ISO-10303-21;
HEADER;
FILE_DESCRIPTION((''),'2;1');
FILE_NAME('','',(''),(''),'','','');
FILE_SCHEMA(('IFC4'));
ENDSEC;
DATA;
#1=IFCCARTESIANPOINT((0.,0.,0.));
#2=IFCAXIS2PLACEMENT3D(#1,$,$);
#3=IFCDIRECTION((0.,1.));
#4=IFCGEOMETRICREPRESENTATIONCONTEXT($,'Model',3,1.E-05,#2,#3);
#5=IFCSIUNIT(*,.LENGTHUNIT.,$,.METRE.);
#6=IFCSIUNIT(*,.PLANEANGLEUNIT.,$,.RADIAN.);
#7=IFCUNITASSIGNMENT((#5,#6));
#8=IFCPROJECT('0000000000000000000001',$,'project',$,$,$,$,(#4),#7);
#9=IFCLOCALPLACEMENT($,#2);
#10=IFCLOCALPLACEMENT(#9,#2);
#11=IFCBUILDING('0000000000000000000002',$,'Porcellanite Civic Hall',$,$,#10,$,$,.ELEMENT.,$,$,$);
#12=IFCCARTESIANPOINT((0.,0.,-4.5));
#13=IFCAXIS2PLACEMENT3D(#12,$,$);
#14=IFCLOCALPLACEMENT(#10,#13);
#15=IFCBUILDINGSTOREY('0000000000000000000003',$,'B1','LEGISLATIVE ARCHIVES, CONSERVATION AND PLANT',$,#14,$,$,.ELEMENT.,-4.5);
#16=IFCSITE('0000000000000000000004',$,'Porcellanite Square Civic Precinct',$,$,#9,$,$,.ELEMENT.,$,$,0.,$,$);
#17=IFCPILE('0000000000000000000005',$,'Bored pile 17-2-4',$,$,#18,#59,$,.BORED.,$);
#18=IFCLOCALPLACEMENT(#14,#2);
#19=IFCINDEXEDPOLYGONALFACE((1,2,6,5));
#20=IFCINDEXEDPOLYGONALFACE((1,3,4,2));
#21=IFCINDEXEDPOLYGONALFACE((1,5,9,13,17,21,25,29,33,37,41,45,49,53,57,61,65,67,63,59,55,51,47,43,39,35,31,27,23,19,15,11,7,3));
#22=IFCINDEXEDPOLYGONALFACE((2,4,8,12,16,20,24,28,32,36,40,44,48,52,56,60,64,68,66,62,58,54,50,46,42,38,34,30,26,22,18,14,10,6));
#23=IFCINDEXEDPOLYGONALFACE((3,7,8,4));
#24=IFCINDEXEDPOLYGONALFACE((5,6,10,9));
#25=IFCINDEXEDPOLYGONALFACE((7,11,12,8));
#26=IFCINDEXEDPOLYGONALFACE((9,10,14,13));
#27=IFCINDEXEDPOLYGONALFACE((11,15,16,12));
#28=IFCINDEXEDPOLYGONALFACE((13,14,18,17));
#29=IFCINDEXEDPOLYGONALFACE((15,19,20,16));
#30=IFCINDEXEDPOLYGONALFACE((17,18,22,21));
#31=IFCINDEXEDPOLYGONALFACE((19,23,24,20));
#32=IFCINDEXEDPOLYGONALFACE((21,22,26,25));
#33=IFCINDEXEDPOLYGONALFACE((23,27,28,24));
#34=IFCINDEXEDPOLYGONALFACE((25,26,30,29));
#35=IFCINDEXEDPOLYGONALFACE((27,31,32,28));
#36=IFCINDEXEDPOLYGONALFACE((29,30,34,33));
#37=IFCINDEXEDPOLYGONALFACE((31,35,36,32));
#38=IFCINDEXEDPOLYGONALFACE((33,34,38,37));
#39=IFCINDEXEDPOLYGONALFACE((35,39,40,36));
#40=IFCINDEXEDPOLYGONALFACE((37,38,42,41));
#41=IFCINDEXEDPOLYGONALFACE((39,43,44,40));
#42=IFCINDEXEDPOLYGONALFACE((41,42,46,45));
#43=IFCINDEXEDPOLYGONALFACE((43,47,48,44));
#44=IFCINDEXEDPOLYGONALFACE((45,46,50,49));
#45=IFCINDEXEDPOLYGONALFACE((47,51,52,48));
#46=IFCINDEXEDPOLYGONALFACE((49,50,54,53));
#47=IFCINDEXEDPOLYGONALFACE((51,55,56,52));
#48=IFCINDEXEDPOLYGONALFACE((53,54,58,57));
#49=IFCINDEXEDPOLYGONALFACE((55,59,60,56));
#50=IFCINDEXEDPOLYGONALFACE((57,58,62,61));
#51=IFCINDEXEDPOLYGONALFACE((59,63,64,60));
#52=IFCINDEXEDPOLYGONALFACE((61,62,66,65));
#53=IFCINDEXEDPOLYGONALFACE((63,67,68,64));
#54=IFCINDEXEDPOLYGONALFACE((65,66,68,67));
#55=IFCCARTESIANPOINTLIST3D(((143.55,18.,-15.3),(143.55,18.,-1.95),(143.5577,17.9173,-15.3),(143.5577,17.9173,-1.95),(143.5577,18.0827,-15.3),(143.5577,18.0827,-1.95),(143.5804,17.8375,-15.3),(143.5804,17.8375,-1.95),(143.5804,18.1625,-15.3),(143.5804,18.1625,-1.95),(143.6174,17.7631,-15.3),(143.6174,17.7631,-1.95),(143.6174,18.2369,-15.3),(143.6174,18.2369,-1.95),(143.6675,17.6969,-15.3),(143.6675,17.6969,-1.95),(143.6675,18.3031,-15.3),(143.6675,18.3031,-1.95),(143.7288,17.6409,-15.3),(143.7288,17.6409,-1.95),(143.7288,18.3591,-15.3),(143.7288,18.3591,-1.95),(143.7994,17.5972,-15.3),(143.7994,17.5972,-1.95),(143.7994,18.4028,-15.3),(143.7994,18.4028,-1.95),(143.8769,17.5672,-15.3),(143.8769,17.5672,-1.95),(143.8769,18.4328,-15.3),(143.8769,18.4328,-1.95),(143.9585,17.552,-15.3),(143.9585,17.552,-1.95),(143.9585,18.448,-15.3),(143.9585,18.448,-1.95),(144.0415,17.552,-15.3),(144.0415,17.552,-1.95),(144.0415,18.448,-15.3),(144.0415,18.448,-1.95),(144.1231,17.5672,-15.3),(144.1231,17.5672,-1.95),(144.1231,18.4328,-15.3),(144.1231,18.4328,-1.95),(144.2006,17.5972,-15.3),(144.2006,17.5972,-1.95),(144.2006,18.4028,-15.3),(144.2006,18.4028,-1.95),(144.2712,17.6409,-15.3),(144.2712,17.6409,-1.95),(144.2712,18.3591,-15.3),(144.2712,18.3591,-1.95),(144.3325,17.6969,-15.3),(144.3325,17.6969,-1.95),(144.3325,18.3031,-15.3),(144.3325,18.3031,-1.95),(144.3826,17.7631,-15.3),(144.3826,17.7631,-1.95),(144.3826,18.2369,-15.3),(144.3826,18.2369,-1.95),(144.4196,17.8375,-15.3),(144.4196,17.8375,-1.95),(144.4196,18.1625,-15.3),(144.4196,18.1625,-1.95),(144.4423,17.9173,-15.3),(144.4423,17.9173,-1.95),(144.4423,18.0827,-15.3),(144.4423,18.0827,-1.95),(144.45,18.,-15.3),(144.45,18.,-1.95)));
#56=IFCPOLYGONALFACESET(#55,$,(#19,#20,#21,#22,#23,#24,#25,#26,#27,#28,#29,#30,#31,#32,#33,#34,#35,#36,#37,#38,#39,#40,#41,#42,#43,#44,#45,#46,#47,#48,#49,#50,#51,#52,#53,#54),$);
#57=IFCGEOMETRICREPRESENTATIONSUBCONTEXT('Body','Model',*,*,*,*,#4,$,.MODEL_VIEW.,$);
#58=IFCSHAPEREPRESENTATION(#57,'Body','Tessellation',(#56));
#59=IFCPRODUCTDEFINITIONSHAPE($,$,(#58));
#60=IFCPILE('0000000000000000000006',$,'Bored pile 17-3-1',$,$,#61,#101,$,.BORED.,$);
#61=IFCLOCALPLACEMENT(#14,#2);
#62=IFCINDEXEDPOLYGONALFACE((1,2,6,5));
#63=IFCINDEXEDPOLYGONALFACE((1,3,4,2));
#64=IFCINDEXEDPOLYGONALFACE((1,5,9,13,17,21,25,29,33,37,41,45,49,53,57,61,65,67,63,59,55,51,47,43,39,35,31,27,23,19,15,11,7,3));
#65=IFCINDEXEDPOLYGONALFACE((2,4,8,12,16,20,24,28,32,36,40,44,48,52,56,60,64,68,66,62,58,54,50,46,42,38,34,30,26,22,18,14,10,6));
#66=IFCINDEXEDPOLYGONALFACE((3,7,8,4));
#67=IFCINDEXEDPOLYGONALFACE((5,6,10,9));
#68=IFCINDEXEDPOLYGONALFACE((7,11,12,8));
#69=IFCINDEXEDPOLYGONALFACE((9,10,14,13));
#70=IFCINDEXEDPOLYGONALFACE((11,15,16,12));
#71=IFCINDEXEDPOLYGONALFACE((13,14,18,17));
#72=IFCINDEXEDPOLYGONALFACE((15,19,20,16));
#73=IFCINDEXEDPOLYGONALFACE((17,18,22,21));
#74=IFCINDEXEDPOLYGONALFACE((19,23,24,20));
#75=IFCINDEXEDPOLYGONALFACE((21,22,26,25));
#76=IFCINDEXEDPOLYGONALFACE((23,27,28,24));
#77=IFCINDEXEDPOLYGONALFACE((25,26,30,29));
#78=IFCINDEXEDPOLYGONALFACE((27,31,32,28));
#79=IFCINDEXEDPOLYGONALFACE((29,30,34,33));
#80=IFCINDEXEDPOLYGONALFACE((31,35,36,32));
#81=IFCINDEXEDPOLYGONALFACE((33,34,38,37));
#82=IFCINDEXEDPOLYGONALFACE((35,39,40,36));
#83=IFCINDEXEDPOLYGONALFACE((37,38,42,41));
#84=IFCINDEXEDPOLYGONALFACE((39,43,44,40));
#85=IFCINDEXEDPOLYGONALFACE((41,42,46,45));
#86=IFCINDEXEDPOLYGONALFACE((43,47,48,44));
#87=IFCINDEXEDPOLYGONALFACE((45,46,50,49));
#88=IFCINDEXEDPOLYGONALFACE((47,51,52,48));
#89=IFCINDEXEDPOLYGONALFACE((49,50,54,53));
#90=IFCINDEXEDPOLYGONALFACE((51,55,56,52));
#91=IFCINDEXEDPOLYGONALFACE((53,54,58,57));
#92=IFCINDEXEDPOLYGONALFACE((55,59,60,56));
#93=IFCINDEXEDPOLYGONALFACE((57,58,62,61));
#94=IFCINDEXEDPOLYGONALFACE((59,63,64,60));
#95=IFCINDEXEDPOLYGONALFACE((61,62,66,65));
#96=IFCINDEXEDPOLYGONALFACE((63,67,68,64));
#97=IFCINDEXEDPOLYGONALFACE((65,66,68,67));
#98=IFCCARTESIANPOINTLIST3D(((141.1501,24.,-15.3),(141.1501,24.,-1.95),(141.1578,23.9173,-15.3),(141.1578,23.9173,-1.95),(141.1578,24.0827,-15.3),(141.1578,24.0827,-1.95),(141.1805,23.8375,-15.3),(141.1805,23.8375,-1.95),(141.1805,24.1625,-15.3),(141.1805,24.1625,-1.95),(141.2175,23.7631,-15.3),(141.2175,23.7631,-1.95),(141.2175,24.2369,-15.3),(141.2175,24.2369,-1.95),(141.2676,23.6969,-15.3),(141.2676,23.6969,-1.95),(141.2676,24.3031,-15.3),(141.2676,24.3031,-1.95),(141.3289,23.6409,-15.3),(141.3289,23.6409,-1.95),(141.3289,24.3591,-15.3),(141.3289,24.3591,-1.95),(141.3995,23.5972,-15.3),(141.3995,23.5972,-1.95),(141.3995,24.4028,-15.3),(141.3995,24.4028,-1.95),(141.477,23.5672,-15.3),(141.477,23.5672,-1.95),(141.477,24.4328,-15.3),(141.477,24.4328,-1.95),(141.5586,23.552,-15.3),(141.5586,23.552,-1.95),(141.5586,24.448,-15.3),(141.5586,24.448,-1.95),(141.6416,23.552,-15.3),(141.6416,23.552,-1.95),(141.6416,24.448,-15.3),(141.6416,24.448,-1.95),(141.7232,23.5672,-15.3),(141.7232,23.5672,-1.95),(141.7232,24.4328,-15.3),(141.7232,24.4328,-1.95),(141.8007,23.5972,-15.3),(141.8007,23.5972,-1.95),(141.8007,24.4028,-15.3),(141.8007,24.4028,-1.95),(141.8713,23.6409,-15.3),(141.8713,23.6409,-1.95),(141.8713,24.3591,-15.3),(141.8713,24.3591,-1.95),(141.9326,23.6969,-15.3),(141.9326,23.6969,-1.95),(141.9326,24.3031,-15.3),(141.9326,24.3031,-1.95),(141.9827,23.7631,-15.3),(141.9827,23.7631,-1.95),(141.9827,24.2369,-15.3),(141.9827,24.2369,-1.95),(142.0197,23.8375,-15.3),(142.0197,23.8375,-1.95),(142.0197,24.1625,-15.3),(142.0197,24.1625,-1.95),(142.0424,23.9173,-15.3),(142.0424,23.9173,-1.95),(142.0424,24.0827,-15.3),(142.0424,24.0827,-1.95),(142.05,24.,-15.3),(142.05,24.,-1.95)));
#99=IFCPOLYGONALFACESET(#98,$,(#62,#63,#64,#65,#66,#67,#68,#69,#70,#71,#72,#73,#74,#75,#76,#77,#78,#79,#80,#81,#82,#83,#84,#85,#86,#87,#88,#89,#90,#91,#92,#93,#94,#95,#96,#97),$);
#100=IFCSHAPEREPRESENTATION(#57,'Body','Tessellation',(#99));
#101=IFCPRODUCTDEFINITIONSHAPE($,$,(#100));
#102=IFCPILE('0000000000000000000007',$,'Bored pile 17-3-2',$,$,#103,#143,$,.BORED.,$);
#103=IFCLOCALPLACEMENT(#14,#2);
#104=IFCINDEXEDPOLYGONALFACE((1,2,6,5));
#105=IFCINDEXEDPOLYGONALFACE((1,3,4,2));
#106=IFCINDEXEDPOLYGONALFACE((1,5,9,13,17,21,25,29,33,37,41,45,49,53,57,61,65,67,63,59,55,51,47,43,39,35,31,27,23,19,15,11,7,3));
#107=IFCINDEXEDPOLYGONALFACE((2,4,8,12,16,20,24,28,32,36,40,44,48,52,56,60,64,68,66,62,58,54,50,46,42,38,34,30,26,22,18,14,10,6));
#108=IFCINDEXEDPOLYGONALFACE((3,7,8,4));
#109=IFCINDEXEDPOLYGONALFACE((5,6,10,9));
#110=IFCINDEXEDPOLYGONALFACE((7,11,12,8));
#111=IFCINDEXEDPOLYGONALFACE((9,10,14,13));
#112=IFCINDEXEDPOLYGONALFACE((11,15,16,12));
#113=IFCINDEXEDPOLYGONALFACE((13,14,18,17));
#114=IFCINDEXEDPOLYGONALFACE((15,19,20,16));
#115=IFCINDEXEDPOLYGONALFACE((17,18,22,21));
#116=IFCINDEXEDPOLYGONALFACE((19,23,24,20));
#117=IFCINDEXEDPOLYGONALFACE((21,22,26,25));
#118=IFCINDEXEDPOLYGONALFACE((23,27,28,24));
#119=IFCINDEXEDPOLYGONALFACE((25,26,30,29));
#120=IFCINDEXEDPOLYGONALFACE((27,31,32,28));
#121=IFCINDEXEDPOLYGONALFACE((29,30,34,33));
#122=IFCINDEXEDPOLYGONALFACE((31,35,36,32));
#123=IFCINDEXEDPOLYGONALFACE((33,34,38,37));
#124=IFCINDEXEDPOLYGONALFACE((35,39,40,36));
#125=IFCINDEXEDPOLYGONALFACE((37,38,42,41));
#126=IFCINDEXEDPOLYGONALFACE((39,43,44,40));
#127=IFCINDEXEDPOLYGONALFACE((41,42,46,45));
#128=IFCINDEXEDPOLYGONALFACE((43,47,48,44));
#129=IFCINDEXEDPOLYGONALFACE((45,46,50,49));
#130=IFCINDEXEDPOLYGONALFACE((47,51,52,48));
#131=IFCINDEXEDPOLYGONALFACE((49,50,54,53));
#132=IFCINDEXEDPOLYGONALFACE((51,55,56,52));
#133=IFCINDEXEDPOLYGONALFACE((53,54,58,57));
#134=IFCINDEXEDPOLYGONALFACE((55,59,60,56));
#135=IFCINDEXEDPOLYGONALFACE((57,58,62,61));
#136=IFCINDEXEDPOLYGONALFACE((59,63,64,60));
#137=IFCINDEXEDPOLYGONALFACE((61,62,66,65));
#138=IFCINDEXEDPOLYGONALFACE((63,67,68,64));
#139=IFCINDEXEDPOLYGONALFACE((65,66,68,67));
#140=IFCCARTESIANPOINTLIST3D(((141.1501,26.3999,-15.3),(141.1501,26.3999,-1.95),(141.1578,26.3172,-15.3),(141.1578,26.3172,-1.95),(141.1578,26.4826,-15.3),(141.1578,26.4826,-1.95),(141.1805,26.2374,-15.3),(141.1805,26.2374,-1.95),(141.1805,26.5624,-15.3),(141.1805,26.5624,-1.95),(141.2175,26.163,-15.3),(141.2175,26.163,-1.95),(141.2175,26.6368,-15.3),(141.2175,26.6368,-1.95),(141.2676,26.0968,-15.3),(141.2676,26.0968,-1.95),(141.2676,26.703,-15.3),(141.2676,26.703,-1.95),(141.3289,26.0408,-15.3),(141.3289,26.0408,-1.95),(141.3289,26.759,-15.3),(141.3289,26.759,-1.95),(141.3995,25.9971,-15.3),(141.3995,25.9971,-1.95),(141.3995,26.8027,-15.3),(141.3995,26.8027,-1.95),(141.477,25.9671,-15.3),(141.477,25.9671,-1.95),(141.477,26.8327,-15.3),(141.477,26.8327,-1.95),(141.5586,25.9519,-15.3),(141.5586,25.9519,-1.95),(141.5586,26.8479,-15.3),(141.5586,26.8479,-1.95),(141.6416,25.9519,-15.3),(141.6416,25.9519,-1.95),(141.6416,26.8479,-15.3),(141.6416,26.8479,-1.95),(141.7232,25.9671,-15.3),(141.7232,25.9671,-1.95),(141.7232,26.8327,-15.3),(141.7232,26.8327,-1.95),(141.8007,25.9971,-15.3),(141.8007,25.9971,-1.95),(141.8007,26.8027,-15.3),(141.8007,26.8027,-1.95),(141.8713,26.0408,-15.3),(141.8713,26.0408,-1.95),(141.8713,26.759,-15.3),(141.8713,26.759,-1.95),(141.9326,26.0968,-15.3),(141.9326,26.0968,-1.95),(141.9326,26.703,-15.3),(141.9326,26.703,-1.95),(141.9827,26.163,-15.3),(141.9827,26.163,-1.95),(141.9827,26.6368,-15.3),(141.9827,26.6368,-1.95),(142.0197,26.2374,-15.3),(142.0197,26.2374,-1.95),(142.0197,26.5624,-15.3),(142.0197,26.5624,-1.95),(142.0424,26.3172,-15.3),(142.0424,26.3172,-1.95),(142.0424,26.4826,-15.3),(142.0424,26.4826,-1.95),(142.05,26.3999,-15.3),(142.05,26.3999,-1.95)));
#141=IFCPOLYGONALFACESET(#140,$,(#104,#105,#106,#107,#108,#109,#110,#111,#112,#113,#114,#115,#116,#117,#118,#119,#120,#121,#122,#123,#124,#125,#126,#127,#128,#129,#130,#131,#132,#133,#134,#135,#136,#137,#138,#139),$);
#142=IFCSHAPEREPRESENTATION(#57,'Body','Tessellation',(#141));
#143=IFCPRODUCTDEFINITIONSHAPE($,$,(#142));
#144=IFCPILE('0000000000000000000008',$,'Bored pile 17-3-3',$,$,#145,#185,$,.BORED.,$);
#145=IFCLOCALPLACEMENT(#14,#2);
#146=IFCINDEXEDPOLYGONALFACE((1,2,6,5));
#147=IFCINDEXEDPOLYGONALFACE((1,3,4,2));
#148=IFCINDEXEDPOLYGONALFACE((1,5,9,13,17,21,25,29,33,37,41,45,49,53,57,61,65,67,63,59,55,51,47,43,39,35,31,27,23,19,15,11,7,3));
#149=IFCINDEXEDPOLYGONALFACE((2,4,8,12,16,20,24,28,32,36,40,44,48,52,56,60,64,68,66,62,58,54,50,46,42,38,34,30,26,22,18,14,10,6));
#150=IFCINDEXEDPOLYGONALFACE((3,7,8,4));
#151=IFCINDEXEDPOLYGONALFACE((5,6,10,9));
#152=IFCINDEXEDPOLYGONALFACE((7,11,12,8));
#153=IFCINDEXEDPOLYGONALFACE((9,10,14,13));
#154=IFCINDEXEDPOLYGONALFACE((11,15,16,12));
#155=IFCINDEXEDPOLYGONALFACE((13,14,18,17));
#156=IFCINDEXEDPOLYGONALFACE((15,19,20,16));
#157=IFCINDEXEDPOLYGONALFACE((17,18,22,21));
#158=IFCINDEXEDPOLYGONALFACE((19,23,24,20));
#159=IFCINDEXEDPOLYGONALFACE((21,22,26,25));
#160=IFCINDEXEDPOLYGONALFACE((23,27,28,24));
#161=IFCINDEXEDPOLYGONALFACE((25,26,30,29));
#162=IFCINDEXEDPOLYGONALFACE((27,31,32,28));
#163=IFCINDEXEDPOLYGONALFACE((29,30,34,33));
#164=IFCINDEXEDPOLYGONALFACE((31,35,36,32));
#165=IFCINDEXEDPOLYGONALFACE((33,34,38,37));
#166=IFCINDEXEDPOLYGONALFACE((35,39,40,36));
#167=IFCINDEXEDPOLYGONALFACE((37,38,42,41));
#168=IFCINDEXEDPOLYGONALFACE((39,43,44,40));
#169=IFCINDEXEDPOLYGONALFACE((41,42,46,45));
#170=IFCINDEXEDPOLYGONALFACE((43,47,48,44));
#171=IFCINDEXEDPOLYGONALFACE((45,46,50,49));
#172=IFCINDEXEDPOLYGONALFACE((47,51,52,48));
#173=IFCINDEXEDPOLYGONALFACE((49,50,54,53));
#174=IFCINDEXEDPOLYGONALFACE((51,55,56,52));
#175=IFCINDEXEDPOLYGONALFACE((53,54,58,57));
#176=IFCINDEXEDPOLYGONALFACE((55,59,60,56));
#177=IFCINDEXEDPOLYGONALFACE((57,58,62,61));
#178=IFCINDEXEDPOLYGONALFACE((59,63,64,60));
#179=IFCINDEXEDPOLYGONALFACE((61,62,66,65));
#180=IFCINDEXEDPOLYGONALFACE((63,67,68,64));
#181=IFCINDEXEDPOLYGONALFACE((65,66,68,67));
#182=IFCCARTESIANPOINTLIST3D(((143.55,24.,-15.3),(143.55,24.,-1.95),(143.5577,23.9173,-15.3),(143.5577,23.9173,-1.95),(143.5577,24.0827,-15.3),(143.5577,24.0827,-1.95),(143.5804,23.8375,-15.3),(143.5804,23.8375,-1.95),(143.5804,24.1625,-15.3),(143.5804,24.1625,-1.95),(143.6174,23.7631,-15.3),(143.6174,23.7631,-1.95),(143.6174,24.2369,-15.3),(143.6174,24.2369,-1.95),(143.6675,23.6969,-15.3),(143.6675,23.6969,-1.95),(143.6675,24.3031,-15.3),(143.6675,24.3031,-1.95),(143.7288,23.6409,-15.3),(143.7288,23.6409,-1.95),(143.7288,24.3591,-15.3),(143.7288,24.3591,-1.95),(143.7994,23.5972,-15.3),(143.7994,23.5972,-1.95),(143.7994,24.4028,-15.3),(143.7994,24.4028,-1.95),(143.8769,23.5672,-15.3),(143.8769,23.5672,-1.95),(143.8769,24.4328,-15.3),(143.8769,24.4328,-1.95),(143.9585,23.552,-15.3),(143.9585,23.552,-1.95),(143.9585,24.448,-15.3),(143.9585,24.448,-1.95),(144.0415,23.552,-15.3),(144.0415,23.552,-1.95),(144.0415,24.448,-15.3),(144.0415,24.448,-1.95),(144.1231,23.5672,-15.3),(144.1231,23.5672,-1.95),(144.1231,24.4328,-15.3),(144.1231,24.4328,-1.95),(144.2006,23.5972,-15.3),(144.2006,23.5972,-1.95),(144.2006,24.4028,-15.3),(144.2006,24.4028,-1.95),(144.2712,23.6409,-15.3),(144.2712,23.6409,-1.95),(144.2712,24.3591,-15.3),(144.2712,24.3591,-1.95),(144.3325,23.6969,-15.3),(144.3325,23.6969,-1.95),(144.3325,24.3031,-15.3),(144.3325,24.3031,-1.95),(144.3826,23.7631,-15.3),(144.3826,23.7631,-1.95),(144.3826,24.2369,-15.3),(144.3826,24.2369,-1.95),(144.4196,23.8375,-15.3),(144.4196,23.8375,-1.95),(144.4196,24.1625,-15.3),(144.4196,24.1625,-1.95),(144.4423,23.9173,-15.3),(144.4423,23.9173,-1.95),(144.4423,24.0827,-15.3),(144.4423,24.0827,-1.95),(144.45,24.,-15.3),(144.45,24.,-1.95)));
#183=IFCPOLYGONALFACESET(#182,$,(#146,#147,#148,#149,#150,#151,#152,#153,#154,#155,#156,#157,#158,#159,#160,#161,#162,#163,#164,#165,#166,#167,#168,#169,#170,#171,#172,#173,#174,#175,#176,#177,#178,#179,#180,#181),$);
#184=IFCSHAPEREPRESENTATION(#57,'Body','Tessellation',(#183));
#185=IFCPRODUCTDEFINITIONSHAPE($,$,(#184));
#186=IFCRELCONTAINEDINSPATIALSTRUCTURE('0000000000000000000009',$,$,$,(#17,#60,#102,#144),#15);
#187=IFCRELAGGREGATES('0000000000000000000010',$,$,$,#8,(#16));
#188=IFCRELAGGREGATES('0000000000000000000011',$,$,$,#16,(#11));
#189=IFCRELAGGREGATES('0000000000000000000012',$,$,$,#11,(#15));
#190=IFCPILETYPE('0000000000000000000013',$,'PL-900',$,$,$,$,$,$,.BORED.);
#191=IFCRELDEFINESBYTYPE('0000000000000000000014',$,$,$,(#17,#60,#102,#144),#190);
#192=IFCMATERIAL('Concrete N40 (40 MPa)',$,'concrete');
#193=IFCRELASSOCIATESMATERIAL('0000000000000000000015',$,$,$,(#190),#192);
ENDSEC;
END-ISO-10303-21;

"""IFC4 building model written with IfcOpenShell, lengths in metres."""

from ifc_helpers import new_model, si_unit, direction, frame, origin, origin_2d, place, context, subcontext, project, spatial, circle, extrude, material, material_profile, profile_set, type_object, element, save


model = new_model("IFC4")

# Units and contexts
model_context = context("Model", 3, precision=1e-05, world=origin(), true_north=direction((0.0, 1.0)))
body_context = subcontext(model_context, "Body", "Model", "MODEL_VIEW")
ifc_project = project(units=[si_unit("LENGTHUNIT", "METRE"), si_unit("PLANEANGLEUNIT", "RADIAN")], contexts=[model_context])

# Site, building, storey
site_placement = place(None, origin())
site = spatial("IfcSite", under=ifc_project, at=site_placement, Name="Porcellanite Square Civic Precinct", CompositionType="ELEMENT", RefElevation=0.0)
building_placement = place(site_placement, origin())
building = spatial("IfcBuilding", under=site, at=building_placement, Name="Porcellanite Civic Hall", CompositionType="ELEMENT")
storey_placement = place(building_placement, frame((0.0, 0.0, -4.5)))
storey = spatial("IfcBuildingStorey", under=building, at=storey_placement, Name="B1", Description="LEGISLATIVE ARCHIVES, CONSERVATION AND PLANT", CompositionType="ELEMENT", Elevation=-4.5)

# Piles
ifc_material_1 = material(Name="Concrete N40 (40 MPa)", Category="concrete")
ifc_material_profile_1 = material_profile(ifc_material_1, circle(Radius=0.45, at=origin_2d()), Name="PILE-D900")
ifc_profile_set_1 = profile_set([ifc_material_profile_1], Name="Concrete N40 (40 MPa)")
pile_type_1 = type_object("IfcPileType", Name="PL-900", PredefinedType="BORED", material=ifc_profile_set_1)
for number, where, z_axis, x_axis, name in (
    (1, (144.0, 18.0, -1.95), (0.0, 0.0, -1.0), (1.0, 0.0, 0.0), "Bored pile 17-2-4"),
    (2, (141.6001, 24.0, -1.95), (0.0, 0.0, -1.0), (1.0, 0.0, 0.0), "Bored pile 17-3-1"),
    (3, (141.6001, 26.3999, -1.95), (0.0, 0.0, -1.0), (1.0, 0.0, 0.0), "Bored pile 17-3-2"),
    (4, (144.0, 24.0, -1.95), (0.0, 0.0, -1.0), (1.0, 0.0, 0.0), "Bored pile 17-3-3"),
):
    element("IfcPile", number, at=place(storey_placement, frame(where, z_axis=z_axis, x_axis=x_axis)), inside=storey, type_object=pile_type_1, Name=name, PredefinedType="BORED", context=body_context, shape_type="SweptSolid", body=[
        extrude(circle(Radius=0.45, at=origin_2d()), origin(), (0.0, 0.0, 1.0), 13.3501),
    ])

save(model, "model.ifc")
